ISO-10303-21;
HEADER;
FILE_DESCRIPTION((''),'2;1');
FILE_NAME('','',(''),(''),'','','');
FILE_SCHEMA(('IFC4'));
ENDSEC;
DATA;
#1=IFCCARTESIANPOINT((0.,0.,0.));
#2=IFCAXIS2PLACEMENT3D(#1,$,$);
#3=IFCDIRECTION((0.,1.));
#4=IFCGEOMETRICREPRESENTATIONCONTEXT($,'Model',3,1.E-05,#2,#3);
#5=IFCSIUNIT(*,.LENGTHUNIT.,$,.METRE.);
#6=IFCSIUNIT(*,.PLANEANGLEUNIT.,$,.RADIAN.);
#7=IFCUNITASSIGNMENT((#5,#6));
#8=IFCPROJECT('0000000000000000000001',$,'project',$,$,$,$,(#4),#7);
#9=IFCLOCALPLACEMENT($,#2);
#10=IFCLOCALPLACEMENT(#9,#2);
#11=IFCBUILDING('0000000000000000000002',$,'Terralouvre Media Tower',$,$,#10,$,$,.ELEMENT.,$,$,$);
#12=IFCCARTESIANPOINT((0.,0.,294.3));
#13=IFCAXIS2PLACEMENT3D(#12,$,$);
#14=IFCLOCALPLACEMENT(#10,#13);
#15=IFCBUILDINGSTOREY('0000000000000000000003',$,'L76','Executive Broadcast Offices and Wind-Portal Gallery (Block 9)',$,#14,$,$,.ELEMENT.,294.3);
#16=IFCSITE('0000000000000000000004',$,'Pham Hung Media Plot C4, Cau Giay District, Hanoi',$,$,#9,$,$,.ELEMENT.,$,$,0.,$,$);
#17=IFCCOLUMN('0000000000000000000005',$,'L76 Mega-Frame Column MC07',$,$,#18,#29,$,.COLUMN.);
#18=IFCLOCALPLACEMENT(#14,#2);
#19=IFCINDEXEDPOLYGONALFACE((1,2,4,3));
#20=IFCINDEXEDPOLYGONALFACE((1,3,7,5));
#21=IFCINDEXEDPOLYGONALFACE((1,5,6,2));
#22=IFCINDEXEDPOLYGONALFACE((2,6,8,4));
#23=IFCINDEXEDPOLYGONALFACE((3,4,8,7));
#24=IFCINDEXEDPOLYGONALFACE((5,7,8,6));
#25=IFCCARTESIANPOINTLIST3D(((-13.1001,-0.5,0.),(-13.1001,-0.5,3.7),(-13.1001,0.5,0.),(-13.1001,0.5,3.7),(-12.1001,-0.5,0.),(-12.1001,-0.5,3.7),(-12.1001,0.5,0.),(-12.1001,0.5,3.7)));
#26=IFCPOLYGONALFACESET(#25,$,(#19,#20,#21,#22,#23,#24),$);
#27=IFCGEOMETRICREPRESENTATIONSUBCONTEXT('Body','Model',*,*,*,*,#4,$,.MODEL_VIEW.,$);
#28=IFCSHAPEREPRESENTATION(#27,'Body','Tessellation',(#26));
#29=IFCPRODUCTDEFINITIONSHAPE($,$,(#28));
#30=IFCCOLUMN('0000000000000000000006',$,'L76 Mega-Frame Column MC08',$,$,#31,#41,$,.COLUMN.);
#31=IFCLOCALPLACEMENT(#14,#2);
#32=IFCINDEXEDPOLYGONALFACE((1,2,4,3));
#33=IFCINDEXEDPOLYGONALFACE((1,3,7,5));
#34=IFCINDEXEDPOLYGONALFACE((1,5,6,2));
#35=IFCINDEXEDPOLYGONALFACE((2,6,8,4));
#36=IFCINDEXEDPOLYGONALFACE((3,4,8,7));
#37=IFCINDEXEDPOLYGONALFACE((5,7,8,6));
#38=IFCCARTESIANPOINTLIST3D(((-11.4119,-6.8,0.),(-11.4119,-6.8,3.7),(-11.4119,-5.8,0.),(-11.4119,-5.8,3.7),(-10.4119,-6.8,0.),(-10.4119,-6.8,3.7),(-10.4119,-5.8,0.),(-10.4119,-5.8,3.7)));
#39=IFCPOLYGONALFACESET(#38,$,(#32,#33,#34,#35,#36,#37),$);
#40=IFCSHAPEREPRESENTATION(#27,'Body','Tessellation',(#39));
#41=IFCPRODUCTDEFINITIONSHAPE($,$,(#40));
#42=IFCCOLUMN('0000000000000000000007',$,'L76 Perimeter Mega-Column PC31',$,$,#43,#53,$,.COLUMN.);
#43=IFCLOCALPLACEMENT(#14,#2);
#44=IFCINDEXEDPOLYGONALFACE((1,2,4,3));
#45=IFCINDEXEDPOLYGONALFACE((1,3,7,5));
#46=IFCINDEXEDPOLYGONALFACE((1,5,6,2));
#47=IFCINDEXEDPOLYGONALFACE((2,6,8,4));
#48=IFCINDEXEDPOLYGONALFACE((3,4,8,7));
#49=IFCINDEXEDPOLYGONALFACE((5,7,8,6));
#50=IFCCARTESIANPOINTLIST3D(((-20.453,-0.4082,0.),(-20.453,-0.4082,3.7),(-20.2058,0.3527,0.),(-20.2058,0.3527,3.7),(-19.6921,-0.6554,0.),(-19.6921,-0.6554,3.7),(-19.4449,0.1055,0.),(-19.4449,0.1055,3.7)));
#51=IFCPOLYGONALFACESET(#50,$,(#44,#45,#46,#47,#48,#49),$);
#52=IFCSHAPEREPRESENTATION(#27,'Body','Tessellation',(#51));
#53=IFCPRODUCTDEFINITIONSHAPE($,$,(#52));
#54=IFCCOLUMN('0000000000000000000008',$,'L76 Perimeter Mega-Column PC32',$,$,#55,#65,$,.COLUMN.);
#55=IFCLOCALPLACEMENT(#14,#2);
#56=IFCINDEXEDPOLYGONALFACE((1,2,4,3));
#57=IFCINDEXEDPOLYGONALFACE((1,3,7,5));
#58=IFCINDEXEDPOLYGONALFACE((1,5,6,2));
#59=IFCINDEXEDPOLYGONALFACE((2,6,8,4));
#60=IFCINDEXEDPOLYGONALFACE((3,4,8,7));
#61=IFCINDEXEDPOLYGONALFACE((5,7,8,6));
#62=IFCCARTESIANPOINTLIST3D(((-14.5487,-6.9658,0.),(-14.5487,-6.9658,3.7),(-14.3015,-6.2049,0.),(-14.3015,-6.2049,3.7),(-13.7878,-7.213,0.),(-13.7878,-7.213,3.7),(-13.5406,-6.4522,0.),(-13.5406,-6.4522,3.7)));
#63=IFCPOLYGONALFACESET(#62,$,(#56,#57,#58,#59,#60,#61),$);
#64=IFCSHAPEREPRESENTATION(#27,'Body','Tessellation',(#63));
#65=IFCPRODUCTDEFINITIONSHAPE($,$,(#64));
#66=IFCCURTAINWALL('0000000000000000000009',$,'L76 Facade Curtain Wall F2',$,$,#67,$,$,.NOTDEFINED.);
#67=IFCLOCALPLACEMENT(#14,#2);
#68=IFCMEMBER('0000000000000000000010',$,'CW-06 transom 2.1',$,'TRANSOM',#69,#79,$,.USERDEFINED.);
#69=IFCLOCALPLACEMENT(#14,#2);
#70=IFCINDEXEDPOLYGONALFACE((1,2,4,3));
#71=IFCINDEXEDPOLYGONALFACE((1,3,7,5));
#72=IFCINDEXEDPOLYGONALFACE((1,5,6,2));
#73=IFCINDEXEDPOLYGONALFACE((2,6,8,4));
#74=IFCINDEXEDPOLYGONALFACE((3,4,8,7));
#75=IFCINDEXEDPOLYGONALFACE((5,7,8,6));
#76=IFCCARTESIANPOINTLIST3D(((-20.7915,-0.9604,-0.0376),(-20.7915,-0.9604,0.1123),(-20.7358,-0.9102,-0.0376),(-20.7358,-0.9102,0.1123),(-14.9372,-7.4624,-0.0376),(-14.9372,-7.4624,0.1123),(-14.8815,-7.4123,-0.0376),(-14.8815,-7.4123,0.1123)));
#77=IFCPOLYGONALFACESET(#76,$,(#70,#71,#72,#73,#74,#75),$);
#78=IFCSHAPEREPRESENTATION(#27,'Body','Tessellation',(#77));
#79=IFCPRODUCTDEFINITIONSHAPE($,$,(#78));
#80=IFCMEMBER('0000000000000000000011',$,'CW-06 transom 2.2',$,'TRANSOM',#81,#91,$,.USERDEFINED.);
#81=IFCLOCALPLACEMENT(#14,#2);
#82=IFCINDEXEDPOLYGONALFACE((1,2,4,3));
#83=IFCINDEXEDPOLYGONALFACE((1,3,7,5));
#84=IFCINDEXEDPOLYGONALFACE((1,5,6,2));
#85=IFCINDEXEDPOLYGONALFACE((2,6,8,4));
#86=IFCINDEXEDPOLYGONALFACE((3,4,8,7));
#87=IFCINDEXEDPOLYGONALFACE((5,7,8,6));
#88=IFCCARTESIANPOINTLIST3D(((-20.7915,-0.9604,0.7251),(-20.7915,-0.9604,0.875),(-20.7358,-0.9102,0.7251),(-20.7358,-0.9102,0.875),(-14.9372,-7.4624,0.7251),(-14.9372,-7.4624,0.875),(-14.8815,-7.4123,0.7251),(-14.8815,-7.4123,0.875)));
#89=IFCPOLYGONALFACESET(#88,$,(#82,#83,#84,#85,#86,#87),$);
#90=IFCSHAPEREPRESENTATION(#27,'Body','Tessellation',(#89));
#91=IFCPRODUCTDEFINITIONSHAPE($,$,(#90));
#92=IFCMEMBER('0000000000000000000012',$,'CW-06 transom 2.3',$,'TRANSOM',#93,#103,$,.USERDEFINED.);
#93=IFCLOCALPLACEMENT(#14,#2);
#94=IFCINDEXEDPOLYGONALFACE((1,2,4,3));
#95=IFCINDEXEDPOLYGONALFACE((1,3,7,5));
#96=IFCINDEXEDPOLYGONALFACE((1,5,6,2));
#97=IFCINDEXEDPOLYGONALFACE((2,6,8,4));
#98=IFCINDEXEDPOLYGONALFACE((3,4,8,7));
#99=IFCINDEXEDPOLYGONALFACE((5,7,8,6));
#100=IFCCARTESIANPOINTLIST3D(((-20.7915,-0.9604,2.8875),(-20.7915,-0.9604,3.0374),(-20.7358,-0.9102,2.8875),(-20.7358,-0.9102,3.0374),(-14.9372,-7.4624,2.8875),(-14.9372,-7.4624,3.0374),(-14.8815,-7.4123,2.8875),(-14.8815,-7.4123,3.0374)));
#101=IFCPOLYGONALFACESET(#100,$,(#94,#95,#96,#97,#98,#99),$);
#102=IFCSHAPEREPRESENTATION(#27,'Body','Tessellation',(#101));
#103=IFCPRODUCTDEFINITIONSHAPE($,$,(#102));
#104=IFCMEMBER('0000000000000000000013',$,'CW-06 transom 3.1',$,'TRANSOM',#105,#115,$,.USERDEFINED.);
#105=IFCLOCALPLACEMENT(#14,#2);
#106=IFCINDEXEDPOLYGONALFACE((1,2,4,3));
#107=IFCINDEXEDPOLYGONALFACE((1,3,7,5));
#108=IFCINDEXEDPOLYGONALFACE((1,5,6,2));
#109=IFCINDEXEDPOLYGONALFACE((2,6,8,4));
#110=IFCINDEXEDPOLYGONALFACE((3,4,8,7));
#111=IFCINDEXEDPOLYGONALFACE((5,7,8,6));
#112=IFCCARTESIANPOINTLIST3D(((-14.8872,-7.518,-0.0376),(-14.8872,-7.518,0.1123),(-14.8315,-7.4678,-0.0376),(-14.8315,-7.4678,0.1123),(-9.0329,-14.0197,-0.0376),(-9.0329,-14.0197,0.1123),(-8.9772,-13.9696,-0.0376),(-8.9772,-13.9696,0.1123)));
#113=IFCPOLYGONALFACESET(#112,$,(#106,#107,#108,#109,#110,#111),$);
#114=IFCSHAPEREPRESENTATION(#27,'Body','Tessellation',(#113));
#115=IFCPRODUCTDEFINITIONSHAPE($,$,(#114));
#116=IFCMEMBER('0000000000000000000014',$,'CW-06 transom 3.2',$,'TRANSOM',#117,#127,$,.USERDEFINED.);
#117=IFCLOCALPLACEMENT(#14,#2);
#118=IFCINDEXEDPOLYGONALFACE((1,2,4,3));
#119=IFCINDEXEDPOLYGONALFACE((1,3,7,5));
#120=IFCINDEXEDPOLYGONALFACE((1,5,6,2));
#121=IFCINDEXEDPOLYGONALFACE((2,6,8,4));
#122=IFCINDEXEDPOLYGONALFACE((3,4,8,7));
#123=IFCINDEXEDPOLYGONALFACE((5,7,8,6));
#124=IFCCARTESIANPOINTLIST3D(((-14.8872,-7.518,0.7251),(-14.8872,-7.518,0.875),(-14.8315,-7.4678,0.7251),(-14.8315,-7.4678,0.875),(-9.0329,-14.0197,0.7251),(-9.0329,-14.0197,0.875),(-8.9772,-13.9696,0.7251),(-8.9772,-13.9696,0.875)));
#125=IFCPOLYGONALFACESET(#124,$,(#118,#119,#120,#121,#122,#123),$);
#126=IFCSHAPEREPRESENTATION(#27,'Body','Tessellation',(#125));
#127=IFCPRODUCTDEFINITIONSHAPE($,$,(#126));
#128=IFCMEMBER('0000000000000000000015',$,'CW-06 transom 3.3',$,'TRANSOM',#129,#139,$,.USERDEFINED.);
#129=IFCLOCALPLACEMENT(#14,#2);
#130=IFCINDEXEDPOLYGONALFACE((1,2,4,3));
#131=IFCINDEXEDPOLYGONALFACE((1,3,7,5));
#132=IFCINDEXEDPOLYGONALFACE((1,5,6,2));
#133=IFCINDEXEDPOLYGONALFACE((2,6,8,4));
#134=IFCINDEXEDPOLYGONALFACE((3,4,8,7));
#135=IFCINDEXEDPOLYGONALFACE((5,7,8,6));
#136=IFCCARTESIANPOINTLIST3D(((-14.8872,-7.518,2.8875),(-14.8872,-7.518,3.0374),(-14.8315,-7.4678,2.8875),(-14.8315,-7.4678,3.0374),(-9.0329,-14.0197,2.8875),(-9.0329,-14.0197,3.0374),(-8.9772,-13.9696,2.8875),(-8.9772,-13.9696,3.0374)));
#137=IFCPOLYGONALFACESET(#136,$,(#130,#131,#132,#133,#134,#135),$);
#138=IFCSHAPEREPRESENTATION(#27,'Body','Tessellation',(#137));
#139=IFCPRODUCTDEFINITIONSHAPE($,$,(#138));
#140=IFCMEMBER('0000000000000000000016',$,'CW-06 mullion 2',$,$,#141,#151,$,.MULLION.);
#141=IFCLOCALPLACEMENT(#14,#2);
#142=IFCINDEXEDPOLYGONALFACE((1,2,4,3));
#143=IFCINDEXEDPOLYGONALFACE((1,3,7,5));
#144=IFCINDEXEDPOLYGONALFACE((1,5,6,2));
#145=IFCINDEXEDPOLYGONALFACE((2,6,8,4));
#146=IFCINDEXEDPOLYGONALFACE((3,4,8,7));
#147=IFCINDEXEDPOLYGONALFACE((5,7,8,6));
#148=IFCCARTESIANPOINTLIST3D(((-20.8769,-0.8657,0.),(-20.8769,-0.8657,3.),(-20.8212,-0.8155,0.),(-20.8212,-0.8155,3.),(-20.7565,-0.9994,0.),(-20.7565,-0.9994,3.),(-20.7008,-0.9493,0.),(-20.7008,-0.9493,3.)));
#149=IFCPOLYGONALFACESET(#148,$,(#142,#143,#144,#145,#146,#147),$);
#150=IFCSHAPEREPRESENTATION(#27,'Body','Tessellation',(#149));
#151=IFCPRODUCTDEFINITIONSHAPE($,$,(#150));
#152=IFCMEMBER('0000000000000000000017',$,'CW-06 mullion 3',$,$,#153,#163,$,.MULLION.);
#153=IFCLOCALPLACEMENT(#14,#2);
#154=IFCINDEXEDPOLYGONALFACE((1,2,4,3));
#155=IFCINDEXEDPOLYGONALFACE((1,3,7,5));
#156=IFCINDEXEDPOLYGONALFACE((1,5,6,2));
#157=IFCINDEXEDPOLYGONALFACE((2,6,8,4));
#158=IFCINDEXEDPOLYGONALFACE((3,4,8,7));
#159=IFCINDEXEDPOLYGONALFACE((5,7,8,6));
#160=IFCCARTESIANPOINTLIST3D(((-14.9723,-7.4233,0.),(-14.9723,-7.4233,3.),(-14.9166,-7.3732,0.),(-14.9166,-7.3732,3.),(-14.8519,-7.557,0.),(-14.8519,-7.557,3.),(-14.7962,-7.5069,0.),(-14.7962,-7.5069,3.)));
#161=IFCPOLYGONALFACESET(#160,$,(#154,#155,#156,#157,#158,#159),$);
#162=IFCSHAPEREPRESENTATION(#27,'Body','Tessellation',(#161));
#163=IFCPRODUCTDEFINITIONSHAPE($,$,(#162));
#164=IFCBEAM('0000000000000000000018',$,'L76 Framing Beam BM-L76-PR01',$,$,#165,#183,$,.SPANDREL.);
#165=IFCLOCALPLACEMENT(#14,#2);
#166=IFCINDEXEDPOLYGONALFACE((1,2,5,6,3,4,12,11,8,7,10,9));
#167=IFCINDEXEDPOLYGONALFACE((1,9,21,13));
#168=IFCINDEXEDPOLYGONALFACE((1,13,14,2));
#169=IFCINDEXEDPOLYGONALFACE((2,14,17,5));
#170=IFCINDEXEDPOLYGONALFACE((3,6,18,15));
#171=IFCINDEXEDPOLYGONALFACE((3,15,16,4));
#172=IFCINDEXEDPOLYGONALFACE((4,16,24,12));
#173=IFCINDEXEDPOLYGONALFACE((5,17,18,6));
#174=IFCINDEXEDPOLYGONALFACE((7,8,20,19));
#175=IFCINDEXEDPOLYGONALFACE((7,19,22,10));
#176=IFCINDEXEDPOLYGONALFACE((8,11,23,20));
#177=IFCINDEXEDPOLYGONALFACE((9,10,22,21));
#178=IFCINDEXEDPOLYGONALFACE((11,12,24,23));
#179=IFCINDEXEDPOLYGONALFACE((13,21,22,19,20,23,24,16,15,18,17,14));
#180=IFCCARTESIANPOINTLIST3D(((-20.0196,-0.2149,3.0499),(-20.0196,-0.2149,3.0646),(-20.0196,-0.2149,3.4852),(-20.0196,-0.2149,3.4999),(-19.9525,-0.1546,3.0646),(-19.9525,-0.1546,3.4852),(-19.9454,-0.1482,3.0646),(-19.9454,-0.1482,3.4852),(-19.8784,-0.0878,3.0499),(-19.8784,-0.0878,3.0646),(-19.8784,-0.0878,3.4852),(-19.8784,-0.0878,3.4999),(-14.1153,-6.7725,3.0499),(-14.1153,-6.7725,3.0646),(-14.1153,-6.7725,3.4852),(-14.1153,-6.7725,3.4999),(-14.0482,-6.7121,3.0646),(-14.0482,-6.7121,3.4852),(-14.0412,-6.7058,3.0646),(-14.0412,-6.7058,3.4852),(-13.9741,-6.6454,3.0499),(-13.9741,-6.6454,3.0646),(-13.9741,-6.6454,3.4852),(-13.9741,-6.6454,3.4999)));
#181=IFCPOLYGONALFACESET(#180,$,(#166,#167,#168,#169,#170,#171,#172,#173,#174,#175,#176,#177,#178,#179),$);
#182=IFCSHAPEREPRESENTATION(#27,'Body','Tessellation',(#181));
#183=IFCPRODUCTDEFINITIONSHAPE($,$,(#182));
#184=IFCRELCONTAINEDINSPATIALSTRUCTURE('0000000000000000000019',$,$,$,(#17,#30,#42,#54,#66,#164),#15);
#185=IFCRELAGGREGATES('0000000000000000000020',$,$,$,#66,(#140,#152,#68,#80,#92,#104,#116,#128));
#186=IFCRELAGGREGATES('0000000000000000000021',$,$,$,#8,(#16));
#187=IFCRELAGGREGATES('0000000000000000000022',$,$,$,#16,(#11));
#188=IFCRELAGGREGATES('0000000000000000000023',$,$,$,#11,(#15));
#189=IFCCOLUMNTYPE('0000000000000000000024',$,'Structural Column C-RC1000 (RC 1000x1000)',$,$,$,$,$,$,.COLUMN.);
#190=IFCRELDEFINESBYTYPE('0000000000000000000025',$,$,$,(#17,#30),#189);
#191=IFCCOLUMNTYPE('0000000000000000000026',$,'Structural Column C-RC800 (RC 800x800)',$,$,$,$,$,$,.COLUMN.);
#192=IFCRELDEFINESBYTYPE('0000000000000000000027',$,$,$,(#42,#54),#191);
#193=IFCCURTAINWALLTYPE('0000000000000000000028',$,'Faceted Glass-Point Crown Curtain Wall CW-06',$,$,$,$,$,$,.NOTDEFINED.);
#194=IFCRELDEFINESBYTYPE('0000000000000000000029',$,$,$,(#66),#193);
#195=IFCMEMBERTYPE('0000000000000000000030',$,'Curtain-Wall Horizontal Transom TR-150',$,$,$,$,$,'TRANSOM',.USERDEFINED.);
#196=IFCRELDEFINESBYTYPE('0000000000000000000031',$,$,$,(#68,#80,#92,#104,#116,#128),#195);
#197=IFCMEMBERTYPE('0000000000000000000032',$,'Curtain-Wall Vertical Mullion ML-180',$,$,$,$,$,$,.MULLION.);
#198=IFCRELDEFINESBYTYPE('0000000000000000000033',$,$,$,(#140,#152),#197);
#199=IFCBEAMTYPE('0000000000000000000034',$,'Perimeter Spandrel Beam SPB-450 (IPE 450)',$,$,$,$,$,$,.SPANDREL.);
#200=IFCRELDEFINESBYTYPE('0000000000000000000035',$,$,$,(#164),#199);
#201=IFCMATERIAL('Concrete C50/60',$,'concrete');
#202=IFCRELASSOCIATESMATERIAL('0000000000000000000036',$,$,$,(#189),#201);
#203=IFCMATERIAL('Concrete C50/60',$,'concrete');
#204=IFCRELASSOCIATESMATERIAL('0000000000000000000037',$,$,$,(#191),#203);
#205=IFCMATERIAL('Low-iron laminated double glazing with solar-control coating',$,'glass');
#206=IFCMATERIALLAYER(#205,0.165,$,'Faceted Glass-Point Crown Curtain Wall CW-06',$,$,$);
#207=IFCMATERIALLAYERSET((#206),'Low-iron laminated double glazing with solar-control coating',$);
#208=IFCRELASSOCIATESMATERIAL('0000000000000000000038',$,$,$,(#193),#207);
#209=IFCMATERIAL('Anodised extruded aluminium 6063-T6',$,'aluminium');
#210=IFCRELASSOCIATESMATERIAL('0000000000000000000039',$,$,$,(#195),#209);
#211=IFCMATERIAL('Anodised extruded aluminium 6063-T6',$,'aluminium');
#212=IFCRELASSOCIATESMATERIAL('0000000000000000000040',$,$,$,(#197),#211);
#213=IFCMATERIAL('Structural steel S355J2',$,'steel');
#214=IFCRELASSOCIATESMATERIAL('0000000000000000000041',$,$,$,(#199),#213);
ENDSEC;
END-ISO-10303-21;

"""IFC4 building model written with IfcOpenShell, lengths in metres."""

from ifc_helpers import new_model, si_unit, direction, frame, origin, origin_2d, place, context, subcontext, project, spatial, rectangle, i_section, extrude, material, layer, layer_set, material_profile, profile_set, type_object, element, aggregate, save


model = new_model("IFC4")

# Units and contexts
model_context = context("Model", 3, precision=1e-05, world=origin(), true_north=direction((0.0, 1.0)))
body_context = subcontext(model_context, "Body", "Model", "MODEL_VIEW")
ifc_project = project(units=[si_unit("LENGTHUNIT", "METRE"), si_unit("PLANEANGLEUNIT", "RADIAN")], contexts=[model_context])

# Site, building, storey
site_placement = place(None, origin())
site = spatial("IfcSite", under=ifc_project, at=site_placement, Name="Pham Hung Media Plot C4, Cau Giay District, Hanoi", CompositionType="ELEMENT", RefElevation=0.0)
building_placement = place(site_placement, origin())
building = spatial("IfcBuilding", under=site, at=building_placement, Name="Terralouvre Media Tower", CompositionType="ELEMENT")
storey_placement = place(building_placement, frame((0.0, 0.0, 294.3)))
storey = spatial("IfcBuildingStorey", under=building, at=storey_placement, Name="L76", Description="Executive Broadcast Offices and Wind-Portal Gallery (Block 9)", CompositionType="ELEMENT", Elevation=294.3)

# Columns
ifc_material_1 = material(Name="Concrete C50/60", Category="concrete")
ifc_material_profile_1 = material_profile(ifc_material_1, rectangle(XDim=1.0, YDim=1.0, at=origin_2d()), Name="RC 1000x1000")
ifc_profile_set_1 = profile_set([ifc_material_profile_1], Name="Concrete C50/60")
column_type_1 = type_object("IfcColumnType", Name="Structural Column C-RC1000 (RC 1000x1000)", PredefinedType="COLUMN", material=ifc_profile_set_1)
for number, where, z_axis, x_axis, name in (
    (1, (-12.6001, 0.0, 0.0), (0.0, 0.0, 1.0), (1.0, 0.0, 0.0), "L76 Mega-Frame Column MC07"),
    (2, (-10.9119, -6.3, 0.0), (0.0, 0.0, 1.0), (1.0, 0.0, 0.0), "L76 Mega-Frame Column MC08"),
):
    element("IfcColumn", number, at=place(storey_placement, frame(where, z_axis=z_axis, x_axis=x_axis)), inside=storey, type_object=column_type_1, Name=name, PredefinedType="COLUMN", context=body_context, shape_type="SweptSolid", body=[
        extrude(rectangle(XDim=1.0, YDim=1.0, at=origin_2d()), origin(), (0.0, 0.0, 1.0), 3.7),
    ])
ifc_material_2 = material(Name="Concrete C50/60", Category="concrete")
ifc_material_profile_2 = material_profile(ifc_material_2, rectangle(XDim=0.8, YDim=0.8, at=origin_2d()), Name="RC 800x800")
ifc_profile_set_2 = profile_set([ifc_material_profile_2], Name="Concrete C50/60")
column_type_2 = type_object("IfcColumnType", Name="Structural Column C-RC800 (RC 800x800)", PredefinedType="COLUMN", material=ifc_profile_set_2)
for number, where, z_axis, x_axis, name in (
    (3, (-19.949, -0.1514, 0.0), (0.0, 0.0, 1.0), (0.309017, 0.951057, 0.0), "L76 Perimeter Mega-Column PC31"),
    (4, (-14.0447, -6.709, 0.0), (0.0, 0.0, 1.0), (0.309017, 0.951057, 0.0), "L76 Perimeter Mega-Column PC32"),
):
    element("IfcColumn", number, at=place(storey_placement, frame(where, z_axis=z_axis, x_axis=x_axis)), inside=storey, type_object=column_type_2, Name=name, PredefinedType="COLUMN", context=body_context, shape_type="SweptSolid", body=[
        extrude(rectangle(XDim=0.8, YDim=0.8, at=origin_2d()), origin(), (0.0, 0.0, 1.0), 3.7),
    ])

# Curtain wall, members
ifc_material_3 = material(Name="Low-iron laminated double glazing with solar-control coating", Category="glass")
ifc_layer_1 = layer(ifc_material_3, 0.165, Name="Faceted Glass-Point Crown Curtain Wall CW-06")
ifc_layer_set_1 = layer_set([ifc_layer_1], Name="Low-iron laminated double glazing with solar-control coating")
curtain_wall_type = type_object("IfcCurtainWallType", Name="Faceted Glass-Point Crown Curtain Wall CW-06", PredefinedType="NOTDEFINED", material=ifc_layer_set_1)
curtain_wall_placement = place(storey_placement, origin())
curtain_wall = element("IfcCurtainWall", 5, at=curtain_wall_placement, inside=storey, type_object=curtain_wall_type, Name="L76 Facade Curtain Wall F2", PredefinedType="NOTDEFINED")
ifc_material_4 = material(Name="Anodised extruded aluminium 6063-T6", Category="aluminium")
ifc_material_profile_3 = material_profile(ifc_material_4, rectangle(XDim=0.075, YDim=0.1499, at=origin_2d()), Name="ALU 75x150")
ifc_profile_set_3 = profile_set([ifc_material_profile_3], Name="Anodised extruded aluminium 6063-T6")
member_type_1 = type_object("IfcMemberType", Name="Curtain-Wall Horizontal Transom TR-150", ElementType="TRANSOM", PredefinedType="USERDEFINED", material=ifc_profile_set_3)
member_1_placement = place(storey_placement, frame((-20.7637, -0.9353, 0.0374), z_axis=(0.669122, -0.743153, 0.0), x_axis=(0.743153, 0.669122, 0.0)))
member_1 = element("IfcMember", 6, at=member_1_placement, type_object=member_type_1, Name="CW-06 transom 2.1", ObjectType="TRANSOM", PredefinedType="USERDEFINED", context=body_context, shape_type="SweptSolid", body=[
    extrude(rectangle(XDim=0.075, YDim=0.1499, at=origin_2d()), origin(), (0.0, 0.0, 1.0), 8.7493),
])
member_2_placement = place(storey_placement, frame((-20.7637, -0.9353, 0.8), z_axis=(0.669122, -0.743153, 0.0), x_axis=(0.743153, 0.669122, 0.0)))
member_2 = element("IfcMember", 7, at=member_2_placement, type_object=member_type_1, Name="CW-06 transom 2.2", ObjectType="TRANSOM", PredefinedType="USERDEFINED", context=body_context, shape_type="SweptSolid", body=[
    extrude(rectangle(XDim=0.075, YDim=0.1499, at=origin_2d()), origin(), (0.0, 0.0, 1.0), 8.7493),
])
member_3_placement = place(storey_placement, frame((-20.7637, -0.9353, 2.9624), z_axis=(0.669122, -0.743153, 0.0), x_axis=(0.743153, 0.669122, 0.0)))
member_3 = element("IfcMember", 8, at=member_3_placement, type_object=member_type_1, Name="CW-06 transom 2.3", ObjectType="TRANSOM", PredefinedType="USERDEFINED", context=body_context, shape_type="SweptSolid", body=[
    extrude(rectangle(XDim=0.075, YDim=0.1499, at=origin_2d()), origin(), (0.0, 0.0, 1.0), 8.7493),
])
member_4_placement = place(storey_placement, frame((-14.8594, -7.4929, 0.0374), z_axis=(0.669136, -0.74314, 0.0), x_axis=(0.74314, 0.669136, 0.0)))
member_4 = element("IfcMember", 9, at=member_4_placement, type_object=member_type_1, Name="CW-06 transom 3.1", ObjectType="TRANSOM", PredefinedType="USERDEFINED", context=body_context, shape_type="SweptSolid", body=[
    extrude(rectangle(XDim=0.075, YDim=0.1499, at=origin_2d()), origin(), (0.0, 0.0, 1.0), 8.749),
])
member_5_placement = place(storey_placement, frame((-14.8594, -7.4929, 0.8), z_axis=(0.669136, -0.74314, 0.0), x_axis=(0.74314, 0.669136, 0.0)))
member_5 = element("IfcMember", 10, at=member_5_placement, type_object=member_type_1, Name="CW-06 transom 3.2", ObjectType="TRANSOM", PredefinedType="USERDEFINED", context=body_context, shape_type="SweptSolid", body=[
    extrude(rectangle(XDim=0.075, YDim=0.1499, at=origin_2d()), origin(), (0.0, 0.0, 1.0), 8.749),
])
member_6_placement = place(storey_placement, frame((-14.8594, -7.4929, 2.9624), z_axis=(0.669136, -0.74314, 0.0), x_axis=(0.74314, 0.669136, 0.0)))
member_6 = element("IfcMember", 11, at=member_6_placement, type_object=member_type_1, Name="CW-06 transom 3.3", ObjectType="TRANSOM", PredefinedType="USERDEFINED", context=body_context, shape_type="SweptSolid", body=[
    extrude(rectangle(XDim=0.075, YDim=0.1499, at=origin_2d()), origin(), (0.0, 0.0, 1.0), 8.749),
])
ifc_material_5 = material(Name="Anodised extruded aluminium 6063-T6", Category="aluminium")
ifc_material_profile_4 = material_profile(ifc_material_5, rectangle(XDim=0.075, YDim=0.1799, at=origin_2d()), Name="ALU 75x180")
ifc_profile_set_4 = profile_set([ifc_material_profile_4], Name="Anodised extruded aluminium 6063-T6")
member_type_2 = type_object("IfcMemberType", Name="Curtain-Wall Vertical Mullion ML-180", PredefinedType="MULLION", material=ifc_profile_set_4)
member_7_placement = place(storey_placement, frame((-20.7888, -0.9075, 0.0), z_axis=(0.0, 0.0, 1.0), x_axis=(0.743145, 0.669131, 0.0)))
member_7 = element("IfcMember", 12, at=member_7_placement, type_object=member_type_2, Name="CW-06 mullion 2", PredefinedType="MULLION", context=body_context, shape_type="SweptSolid", body=[
    extrude(rectangle(XDim=0.075, YDim=0.1799, at=origin_2d()), origin(), (0.0, 0.0, 1.0), 3.0),
])
member_8_placement = place(storey_placement, frame((-14.8843, -7.4651, 0.0), z_axis=(0.0, 0.0, 1.0), x_axis=(0.743145, 0.669131, 0.0)))
member_8 = element("IfcMember", 13, at=member_8_placement, type_object=member_type_2, Name="CW-06 mullion 3", PredefinedType="MULLION", context=body_context, shape_type="SweptSolid", body=[
    extrude(rectangle(XDim=0.075, YDim=0.1799, at=origin_2d()), origin(), (0.0, 0.0, 1.0), 3.0),
])

# Beam
ifc_material_6 = material(Name="Structural steel S355J2", Category="steel")
ifc_material_profile_5 = material_profile(ifc_material_6, i_section(OverallWidth=0.1899, OverallDepth=0.45, WebThickness=0.0095, FlangeThickness=0.0146, at=origin_2d()), Name="IPE 450")
ifc_profile_set_5 = profile_set([ifc_material_profile_5], Name="Structural steel S355J2")
beam_type_1 = type_object("IfcBeamType", Name="Perimeter Spandrel Beam SPB-450 (IPE 450)", PredefinedType="SPANDREL", material=ifc_profile_set_5)
for number, where, z_axis, x_axis, name in (
    (14, (-19.949, -0.1514, 3.2749), (0.669118, -0.743157, 0.0), (0.743157, 0.669118, 0.0), "L76 Framing Beam BM-L76-PR01"),
):
    element("IfcBeam", number, at=place(storey_placement, frame(where, z_axis=z_axis, x_axis=x_axis)), inside=storey, type_object=beam_type_1, Name=name, PredefinedType="SPANDREL", context=body_context, shape_type="SweptSolid", body=[
        extrude(i_section(OverallWidth=0.1899, OverallDepth=0.45, WebThickness=0.0095, FlangeThickness=0.0146, at=origin_2d()), origin(), (0.0, 0.0, 1.0), 8.824),
    ])

aggregate(curtain_wall, [member_7, member_8, member_1, member_2, member_3, member_4, member_5, member_6])

save(model, "model.ifc")
